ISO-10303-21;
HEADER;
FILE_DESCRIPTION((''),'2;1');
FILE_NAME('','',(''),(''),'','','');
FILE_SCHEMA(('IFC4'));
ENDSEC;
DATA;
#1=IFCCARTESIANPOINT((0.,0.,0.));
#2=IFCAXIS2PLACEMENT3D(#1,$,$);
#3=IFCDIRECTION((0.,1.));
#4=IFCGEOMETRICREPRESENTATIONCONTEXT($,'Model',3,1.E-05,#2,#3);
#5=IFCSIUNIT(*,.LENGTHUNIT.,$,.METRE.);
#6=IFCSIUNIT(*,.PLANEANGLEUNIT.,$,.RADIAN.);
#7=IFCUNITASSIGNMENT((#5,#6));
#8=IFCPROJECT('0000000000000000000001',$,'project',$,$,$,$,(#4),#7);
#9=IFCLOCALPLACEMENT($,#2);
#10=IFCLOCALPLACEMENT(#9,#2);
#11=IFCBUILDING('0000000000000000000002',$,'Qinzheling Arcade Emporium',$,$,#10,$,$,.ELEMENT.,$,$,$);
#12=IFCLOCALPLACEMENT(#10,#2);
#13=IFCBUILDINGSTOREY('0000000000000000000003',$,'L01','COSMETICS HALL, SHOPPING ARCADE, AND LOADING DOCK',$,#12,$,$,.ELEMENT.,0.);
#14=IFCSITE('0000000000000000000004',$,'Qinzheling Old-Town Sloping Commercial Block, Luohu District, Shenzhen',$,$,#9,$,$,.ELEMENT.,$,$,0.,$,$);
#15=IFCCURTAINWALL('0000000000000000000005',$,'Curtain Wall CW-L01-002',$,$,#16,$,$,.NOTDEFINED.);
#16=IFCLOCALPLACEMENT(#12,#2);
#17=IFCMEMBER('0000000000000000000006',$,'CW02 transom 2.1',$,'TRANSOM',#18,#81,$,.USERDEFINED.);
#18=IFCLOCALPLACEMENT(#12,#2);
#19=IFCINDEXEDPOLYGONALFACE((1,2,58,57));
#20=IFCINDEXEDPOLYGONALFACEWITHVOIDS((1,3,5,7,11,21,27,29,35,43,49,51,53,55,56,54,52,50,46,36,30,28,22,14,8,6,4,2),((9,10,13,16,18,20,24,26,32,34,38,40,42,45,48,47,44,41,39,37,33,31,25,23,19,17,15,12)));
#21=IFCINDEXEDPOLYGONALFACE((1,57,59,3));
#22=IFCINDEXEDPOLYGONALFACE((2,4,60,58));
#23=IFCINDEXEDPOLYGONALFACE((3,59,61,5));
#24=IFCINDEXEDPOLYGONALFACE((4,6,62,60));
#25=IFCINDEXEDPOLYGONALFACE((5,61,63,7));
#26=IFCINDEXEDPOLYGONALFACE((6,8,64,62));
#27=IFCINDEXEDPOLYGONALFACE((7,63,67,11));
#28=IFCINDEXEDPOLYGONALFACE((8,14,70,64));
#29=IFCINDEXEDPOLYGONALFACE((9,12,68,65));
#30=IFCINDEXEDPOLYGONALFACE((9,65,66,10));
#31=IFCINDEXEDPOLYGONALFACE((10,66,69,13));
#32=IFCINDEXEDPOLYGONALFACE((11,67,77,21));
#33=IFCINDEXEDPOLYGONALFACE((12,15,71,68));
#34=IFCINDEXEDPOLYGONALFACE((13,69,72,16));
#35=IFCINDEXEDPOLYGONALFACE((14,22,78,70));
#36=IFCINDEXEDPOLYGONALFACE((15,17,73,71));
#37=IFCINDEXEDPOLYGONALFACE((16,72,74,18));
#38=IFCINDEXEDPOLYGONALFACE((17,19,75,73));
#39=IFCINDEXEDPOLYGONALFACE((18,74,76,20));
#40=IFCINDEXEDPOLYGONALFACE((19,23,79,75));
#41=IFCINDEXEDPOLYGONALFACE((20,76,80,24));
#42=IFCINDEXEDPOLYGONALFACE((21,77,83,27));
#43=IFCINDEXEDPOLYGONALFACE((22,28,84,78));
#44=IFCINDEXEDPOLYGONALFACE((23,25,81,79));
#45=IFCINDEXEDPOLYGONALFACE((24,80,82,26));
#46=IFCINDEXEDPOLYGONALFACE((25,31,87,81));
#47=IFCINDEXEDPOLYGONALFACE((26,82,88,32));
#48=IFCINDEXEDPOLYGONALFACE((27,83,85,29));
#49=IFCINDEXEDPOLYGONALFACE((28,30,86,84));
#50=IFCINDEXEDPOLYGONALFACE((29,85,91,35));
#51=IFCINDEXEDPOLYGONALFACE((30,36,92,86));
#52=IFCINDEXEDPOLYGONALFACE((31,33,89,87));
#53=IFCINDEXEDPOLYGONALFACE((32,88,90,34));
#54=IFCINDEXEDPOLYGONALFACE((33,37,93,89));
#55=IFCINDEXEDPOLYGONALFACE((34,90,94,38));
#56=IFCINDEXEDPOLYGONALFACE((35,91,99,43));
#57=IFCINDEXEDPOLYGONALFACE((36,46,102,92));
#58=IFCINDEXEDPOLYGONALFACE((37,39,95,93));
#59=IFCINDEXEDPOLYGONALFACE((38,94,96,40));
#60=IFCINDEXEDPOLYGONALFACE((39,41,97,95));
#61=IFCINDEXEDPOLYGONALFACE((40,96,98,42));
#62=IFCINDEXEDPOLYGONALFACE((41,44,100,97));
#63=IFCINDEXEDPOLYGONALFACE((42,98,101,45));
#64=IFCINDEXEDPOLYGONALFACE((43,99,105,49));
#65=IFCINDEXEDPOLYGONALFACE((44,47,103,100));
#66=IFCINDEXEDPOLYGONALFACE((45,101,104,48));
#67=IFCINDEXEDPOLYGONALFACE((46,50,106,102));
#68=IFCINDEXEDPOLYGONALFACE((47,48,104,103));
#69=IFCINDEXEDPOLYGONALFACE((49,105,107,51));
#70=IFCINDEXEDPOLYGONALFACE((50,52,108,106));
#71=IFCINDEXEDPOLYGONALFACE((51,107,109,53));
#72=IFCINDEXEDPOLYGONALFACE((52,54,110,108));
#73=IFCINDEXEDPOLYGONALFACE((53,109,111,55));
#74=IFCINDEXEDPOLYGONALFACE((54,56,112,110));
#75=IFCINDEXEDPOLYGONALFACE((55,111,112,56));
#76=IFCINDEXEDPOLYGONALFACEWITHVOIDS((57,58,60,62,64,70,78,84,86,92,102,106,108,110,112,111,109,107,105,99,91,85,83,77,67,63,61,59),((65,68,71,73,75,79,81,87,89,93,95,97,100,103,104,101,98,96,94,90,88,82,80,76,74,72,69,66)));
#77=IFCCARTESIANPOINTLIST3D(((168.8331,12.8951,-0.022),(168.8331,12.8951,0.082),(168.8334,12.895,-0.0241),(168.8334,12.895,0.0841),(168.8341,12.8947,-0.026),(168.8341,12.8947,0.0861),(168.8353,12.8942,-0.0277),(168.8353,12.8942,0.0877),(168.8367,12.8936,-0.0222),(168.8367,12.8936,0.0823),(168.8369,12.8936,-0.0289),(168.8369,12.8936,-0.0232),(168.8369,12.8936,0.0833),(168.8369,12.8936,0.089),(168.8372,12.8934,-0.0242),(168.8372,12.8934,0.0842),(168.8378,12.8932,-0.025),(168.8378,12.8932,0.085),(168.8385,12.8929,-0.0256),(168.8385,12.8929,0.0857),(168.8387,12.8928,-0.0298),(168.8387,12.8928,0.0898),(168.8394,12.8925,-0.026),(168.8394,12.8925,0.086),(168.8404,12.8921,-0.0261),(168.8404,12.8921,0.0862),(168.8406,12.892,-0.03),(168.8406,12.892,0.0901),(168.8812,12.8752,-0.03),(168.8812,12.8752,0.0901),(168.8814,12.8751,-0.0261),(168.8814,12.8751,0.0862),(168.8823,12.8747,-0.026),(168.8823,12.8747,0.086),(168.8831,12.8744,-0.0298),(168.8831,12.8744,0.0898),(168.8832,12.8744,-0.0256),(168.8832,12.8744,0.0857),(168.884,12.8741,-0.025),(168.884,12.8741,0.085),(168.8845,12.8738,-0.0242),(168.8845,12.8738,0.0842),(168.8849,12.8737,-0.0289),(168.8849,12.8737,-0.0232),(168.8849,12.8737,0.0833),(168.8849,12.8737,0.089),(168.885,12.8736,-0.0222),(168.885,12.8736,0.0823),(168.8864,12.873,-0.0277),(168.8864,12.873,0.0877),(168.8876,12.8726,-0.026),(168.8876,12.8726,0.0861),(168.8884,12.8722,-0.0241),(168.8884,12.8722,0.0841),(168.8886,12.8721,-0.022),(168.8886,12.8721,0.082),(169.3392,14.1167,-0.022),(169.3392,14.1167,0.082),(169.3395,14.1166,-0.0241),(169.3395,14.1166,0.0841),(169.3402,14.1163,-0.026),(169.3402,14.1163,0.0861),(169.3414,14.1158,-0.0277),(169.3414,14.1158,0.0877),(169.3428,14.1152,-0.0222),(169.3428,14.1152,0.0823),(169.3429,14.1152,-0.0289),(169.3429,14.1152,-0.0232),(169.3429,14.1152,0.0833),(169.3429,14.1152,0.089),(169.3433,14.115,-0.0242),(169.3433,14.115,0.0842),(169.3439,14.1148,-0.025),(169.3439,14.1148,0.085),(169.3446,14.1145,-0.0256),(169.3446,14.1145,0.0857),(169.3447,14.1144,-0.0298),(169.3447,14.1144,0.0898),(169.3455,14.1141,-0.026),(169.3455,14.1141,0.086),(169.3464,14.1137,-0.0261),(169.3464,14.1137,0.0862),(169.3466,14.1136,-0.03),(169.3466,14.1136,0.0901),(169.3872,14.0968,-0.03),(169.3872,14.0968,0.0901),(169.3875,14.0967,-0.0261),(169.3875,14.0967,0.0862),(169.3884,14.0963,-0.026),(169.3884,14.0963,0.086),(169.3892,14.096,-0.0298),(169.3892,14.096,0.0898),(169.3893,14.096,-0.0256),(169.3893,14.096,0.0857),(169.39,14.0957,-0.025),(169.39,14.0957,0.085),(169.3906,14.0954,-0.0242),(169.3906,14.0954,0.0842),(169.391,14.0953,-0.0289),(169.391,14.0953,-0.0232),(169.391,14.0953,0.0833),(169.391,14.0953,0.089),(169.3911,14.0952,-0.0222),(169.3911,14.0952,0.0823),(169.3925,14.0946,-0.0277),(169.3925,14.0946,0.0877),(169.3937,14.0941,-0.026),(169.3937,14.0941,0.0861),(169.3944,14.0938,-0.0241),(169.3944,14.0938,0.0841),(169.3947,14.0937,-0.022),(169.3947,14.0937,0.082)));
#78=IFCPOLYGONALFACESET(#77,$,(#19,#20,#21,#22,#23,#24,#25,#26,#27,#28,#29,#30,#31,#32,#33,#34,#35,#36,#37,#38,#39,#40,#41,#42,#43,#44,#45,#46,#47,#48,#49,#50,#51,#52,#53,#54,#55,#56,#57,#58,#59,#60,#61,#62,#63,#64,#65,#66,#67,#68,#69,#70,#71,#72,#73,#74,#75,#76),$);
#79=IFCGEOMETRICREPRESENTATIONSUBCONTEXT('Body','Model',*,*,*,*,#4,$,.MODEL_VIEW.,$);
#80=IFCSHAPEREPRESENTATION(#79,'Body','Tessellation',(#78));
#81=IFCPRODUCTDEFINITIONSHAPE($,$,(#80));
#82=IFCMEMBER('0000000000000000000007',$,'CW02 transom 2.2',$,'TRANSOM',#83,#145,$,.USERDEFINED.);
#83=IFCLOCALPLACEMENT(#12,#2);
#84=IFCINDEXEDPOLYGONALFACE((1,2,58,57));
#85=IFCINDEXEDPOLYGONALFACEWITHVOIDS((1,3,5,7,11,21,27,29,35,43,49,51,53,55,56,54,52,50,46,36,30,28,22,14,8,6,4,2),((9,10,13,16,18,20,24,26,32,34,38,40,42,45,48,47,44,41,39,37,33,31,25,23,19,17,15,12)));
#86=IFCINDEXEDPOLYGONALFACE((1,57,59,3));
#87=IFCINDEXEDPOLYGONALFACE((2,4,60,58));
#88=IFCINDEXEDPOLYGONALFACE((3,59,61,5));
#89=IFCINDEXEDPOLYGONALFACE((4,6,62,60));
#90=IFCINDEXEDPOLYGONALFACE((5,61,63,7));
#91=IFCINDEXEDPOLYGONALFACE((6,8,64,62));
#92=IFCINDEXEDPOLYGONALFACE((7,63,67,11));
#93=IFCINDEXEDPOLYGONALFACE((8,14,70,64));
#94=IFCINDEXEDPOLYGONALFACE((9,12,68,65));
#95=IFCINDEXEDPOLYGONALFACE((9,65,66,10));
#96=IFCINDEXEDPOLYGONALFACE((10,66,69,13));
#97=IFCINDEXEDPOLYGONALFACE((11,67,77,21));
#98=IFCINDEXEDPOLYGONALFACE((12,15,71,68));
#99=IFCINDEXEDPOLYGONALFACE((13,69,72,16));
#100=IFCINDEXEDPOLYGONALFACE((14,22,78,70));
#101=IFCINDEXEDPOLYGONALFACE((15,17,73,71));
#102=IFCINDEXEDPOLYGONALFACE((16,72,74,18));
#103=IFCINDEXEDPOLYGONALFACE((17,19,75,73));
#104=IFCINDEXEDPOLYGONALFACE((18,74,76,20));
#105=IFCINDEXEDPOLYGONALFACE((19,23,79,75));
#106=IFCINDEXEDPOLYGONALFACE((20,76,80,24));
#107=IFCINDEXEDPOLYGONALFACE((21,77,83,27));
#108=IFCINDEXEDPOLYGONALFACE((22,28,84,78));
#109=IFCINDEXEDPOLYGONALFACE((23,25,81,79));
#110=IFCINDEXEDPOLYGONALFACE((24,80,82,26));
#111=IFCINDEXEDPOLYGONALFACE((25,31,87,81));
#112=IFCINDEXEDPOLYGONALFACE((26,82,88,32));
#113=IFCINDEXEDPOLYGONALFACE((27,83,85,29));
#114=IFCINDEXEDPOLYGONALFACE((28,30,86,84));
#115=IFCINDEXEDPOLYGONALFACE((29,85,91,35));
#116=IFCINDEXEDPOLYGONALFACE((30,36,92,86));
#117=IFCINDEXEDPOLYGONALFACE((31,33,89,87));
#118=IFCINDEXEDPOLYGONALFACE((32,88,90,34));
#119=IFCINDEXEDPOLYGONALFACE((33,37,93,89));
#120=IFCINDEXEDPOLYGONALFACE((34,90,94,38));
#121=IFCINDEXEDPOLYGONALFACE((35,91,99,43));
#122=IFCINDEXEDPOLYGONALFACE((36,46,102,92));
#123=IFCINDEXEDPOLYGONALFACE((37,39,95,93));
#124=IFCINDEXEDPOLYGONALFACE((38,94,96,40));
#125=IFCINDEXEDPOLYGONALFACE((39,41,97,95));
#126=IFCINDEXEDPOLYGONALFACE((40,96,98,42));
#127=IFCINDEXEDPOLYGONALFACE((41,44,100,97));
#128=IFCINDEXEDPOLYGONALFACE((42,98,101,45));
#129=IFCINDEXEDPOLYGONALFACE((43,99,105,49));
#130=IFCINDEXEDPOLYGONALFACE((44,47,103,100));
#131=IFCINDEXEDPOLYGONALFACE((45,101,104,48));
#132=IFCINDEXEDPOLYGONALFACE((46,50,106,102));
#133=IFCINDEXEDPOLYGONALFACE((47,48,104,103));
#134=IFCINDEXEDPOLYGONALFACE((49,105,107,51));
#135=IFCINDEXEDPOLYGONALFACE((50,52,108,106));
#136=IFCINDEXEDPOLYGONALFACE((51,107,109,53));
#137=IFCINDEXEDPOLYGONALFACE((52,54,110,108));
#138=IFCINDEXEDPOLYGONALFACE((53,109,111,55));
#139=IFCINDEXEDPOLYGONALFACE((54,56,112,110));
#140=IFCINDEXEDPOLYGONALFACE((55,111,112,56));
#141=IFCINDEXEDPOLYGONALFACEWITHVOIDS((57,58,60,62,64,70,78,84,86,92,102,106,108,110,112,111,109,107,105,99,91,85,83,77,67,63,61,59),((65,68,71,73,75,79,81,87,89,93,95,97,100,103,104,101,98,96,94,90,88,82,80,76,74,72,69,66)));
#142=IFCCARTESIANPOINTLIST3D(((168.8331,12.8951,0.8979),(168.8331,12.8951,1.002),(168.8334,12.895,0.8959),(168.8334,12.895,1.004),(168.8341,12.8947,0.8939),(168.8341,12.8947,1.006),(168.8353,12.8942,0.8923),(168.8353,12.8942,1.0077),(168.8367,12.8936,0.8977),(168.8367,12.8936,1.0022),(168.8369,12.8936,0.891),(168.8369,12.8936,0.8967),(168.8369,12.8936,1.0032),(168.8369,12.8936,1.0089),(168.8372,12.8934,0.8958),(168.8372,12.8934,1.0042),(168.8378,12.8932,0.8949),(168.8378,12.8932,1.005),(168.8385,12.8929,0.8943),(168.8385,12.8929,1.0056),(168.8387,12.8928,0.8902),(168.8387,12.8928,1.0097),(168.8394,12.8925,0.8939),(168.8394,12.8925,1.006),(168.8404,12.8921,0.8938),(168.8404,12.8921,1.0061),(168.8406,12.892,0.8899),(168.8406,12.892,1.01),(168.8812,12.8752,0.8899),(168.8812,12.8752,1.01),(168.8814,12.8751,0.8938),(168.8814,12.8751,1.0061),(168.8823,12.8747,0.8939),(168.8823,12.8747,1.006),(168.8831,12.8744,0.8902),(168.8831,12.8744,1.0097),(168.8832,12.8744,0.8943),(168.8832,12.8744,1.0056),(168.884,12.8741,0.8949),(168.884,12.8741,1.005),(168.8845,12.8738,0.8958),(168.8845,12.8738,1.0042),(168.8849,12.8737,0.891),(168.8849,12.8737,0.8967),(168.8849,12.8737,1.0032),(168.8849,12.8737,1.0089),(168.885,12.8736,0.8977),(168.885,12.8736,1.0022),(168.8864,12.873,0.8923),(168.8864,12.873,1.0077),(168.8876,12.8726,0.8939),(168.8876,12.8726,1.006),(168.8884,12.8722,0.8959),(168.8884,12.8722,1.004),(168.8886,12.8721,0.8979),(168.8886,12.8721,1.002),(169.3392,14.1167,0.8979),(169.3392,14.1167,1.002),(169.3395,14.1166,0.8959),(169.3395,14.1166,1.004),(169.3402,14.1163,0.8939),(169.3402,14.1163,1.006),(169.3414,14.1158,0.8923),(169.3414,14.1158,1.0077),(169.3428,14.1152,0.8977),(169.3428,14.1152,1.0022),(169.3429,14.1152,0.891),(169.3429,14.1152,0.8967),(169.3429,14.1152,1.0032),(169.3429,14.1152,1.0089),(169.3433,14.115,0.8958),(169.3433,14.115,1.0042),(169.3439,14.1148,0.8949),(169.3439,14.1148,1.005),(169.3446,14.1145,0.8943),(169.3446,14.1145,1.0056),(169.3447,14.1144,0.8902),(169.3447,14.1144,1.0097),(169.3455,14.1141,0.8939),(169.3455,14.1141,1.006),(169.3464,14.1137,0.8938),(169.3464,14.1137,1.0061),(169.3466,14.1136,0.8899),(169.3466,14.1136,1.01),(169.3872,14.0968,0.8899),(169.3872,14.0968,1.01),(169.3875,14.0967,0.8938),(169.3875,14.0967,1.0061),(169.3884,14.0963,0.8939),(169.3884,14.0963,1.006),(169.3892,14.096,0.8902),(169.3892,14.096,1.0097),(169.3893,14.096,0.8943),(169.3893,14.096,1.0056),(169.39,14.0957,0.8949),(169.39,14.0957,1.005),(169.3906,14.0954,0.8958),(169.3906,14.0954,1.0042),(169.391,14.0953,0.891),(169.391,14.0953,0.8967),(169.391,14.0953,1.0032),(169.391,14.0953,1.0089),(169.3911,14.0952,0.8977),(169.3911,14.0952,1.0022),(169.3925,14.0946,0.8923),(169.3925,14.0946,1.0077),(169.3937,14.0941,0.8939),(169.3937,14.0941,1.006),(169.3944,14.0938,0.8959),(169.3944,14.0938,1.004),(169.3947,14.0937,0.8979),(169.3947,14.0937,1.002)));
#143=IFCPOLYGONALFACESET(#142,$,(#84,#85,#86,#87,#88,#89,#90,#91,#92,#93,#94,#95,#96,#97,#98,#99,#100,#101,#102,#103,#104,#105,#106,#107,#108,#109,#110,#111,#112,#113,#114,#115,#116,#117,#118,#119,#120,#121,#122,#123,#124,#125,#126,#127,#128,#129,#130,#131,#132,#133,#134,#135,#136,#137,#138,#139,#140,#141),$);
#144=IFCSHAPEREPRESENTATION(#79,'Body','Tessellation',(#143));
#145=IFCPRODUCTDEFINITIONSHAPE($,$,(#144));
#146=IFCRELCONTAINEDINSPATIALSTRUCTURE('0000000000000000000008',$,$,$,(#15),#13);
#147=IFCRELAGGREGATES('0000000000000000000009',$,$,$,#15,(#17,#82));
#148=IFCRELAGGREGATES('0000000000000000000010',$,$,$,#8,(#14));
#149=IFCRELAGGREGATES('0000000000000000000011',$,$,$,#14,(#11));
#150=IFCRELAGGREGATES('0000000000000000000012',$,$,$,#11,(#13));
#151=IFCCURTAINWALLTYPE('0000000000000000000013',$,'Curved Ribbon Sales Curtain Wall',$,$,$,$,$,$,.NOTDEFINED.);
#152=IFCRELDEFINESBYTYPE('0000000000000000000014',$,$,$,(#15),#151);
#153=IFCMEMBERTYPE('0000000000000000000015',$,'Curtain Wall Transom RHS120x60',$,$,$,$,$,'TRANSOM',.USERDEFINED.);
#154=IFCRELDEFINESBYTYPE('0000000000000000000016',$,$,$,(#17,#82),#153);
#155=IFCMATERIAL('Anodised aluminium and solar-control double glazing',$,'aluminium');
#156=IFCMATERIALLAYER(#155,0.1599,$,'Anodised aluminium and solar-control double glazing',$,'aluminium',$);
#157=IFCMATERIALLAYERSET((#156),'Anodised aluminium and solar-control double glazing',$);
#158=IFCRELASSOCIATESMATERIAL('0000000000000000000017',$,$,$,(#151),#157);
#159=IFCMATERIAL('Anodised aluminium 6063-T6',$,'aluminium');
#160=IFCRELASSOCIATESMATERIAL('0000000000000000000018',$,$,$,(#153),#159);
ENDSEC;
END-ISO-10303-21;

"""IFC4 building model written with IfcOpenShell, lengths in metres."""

from ifc_helpers import new_model, si_unit, direction, frame, origin, origin_2d, place, context, subcontext, project, spatial, hollow_rectangle, extrude, material, layer, layer_set, material_profile, profile_set, type_object, element, aggregate, save


model = new_model("IFC4")

# Units and contexts
model_context = context("Model", 3, precision=1e-05, world=origin(), true_north=direction((0.0, 1.0)))
body_context = subcontext(model_context, "Body", "Model", "MODEL_VIEW")
ifc_project = project(units=[si_unit("LENGTHUNIT", "METRE"), si_unit("PLANEANGLEUNIT", "RADIAN")], contexts=[model_context])

# Site, building, storey
site_placement = place(None, origin())
site = spatial("IfcSite", under=ifc_project, at=site_placement, Name="Qinzheling Old-Town Sloping Commercial Block, Luohu District, Shenzhen", CompositionType="ELEMENT", RefElevation=0.0)
building_placement = place(site_placement, origin())
building = spatial("IfcBuilding", under=site, at=building_placement, Name="Qinzheling Arcade Emporium", CompositionType="ELEMENT")
storey_placement = place(building_placement, origin())
storey = spatial("IfcBuildingStorey", under=building, at=storey_placement, Name="L01", Description="COSMETICS HALL, SHOPPING ARCADE, AND LOADING DOCK", CompositionType="ELEMENT", Elevation=0.0)

# Curtain wall
ifc_material_1 = material(Name="Anodised aluminium and solar-control double glazing", Category="aluminium")
ifc_layer_1 = layer(ifc_material_1, 0.1599, Name="Anodised aluminium and solar-control double glazing", Category="aluminium")
ifc_layer_set_1 = layer_set([ifc_layer_1], Name="Anodised aluminium and solar-control double glazing")
curtain_wall_type = type_object("IfcCurtainWallType", Name="Curved Ribbon Sales Curtain Wall", PredefinedType="NOTDEFINED", material=ifc_layer_set_1)
curtain_wall_1_placement = place(storey_placement, origin())
curtain_wall_1 = element("IfcCurtainWall", 1, at=curtain_wall_1_placement, inside=storey, type_object=curtain_wall_type, Name="Curtain Wall CW-L01-002", PredefinedType="NOTDEFINED")
ifc_material_2 = material(Name="Anodised aluminium 6063-T6", Category="aluminium")

# Members
ifc_material_profile_1 = material_profile(ifc_material_2, hollow_rectangle(XDim=0.0601, YDim=0.1201, WallThickness=0.0039, InnerFilletRadius=0.0039, OuterFilletRadius=0.0081, at=origin_2d()), Name="RHS 120x60x4", Category="aluminium")
ifc_profile_set_1 = profile_set([ifc_material_profile_1], Name="Anodised aluminium 6063-T6")
member_type_1 = type_object("IfcMemberType", Name="Curtain Wall Transom RHS120x60", ElementType="TRANSOM", PredefinedType="USERDEFINED", material=ifc_profile_set_1)
member_1_placement = place(storey_placement, frame((169.3669, 14.1052, 0.03), z_axis=(-0.382727, -0.923862, 0.0), x_axis=(0.923862, -0.382727, 0.0)))
member_1 = element("IfcMember", 2, at=member_1_placement, type_object=member_type_1, Name="CW02 transom 2.1", ObjectType="TRANSOM", PredefinedType="USERDEFINED", context=body_context, shape_type="SweptSolid", body=[
    extrude(hollow_rectangle(XDim=0.0601, YDim=0.1201, WallThickness=0.0039, InnerFilletRadius=0.0039, OuterFilletRadius=0.0081, at=origin_2d()), origin(), (0.0, 0.0, 1.0), 1.3223),
])
member_2_placement = place(storey_placement, frame((169.3669, 14.1052, 0.95), z_axis=(-0.382727, -0.923862, 0.0), x_axis=(0.923862, -0.382727, 0.0)))
member_2 = element("IfcMember", 3, at=member_2_placement, type_object=member_type_1, Name="CW02 transom 2.2", ObjectType="TRANSOM", PredefinedType="USERDEFINED", context=body_context, shape_type="SweptSolid", body=[
    extrude(hollow_rectangle(XDim=0.0601, YDim=0.1201, WallThickness=0.0039, InnerFilletRadius=0.0039, OuterFilletRadius=0.0081, at=origin_2d()), origin(), (0.0, 0.0, 1.0), 1.3223),
])

aggregate(curtain_wall_1, [member_1, member_2])

save(model, "model.ifc")
